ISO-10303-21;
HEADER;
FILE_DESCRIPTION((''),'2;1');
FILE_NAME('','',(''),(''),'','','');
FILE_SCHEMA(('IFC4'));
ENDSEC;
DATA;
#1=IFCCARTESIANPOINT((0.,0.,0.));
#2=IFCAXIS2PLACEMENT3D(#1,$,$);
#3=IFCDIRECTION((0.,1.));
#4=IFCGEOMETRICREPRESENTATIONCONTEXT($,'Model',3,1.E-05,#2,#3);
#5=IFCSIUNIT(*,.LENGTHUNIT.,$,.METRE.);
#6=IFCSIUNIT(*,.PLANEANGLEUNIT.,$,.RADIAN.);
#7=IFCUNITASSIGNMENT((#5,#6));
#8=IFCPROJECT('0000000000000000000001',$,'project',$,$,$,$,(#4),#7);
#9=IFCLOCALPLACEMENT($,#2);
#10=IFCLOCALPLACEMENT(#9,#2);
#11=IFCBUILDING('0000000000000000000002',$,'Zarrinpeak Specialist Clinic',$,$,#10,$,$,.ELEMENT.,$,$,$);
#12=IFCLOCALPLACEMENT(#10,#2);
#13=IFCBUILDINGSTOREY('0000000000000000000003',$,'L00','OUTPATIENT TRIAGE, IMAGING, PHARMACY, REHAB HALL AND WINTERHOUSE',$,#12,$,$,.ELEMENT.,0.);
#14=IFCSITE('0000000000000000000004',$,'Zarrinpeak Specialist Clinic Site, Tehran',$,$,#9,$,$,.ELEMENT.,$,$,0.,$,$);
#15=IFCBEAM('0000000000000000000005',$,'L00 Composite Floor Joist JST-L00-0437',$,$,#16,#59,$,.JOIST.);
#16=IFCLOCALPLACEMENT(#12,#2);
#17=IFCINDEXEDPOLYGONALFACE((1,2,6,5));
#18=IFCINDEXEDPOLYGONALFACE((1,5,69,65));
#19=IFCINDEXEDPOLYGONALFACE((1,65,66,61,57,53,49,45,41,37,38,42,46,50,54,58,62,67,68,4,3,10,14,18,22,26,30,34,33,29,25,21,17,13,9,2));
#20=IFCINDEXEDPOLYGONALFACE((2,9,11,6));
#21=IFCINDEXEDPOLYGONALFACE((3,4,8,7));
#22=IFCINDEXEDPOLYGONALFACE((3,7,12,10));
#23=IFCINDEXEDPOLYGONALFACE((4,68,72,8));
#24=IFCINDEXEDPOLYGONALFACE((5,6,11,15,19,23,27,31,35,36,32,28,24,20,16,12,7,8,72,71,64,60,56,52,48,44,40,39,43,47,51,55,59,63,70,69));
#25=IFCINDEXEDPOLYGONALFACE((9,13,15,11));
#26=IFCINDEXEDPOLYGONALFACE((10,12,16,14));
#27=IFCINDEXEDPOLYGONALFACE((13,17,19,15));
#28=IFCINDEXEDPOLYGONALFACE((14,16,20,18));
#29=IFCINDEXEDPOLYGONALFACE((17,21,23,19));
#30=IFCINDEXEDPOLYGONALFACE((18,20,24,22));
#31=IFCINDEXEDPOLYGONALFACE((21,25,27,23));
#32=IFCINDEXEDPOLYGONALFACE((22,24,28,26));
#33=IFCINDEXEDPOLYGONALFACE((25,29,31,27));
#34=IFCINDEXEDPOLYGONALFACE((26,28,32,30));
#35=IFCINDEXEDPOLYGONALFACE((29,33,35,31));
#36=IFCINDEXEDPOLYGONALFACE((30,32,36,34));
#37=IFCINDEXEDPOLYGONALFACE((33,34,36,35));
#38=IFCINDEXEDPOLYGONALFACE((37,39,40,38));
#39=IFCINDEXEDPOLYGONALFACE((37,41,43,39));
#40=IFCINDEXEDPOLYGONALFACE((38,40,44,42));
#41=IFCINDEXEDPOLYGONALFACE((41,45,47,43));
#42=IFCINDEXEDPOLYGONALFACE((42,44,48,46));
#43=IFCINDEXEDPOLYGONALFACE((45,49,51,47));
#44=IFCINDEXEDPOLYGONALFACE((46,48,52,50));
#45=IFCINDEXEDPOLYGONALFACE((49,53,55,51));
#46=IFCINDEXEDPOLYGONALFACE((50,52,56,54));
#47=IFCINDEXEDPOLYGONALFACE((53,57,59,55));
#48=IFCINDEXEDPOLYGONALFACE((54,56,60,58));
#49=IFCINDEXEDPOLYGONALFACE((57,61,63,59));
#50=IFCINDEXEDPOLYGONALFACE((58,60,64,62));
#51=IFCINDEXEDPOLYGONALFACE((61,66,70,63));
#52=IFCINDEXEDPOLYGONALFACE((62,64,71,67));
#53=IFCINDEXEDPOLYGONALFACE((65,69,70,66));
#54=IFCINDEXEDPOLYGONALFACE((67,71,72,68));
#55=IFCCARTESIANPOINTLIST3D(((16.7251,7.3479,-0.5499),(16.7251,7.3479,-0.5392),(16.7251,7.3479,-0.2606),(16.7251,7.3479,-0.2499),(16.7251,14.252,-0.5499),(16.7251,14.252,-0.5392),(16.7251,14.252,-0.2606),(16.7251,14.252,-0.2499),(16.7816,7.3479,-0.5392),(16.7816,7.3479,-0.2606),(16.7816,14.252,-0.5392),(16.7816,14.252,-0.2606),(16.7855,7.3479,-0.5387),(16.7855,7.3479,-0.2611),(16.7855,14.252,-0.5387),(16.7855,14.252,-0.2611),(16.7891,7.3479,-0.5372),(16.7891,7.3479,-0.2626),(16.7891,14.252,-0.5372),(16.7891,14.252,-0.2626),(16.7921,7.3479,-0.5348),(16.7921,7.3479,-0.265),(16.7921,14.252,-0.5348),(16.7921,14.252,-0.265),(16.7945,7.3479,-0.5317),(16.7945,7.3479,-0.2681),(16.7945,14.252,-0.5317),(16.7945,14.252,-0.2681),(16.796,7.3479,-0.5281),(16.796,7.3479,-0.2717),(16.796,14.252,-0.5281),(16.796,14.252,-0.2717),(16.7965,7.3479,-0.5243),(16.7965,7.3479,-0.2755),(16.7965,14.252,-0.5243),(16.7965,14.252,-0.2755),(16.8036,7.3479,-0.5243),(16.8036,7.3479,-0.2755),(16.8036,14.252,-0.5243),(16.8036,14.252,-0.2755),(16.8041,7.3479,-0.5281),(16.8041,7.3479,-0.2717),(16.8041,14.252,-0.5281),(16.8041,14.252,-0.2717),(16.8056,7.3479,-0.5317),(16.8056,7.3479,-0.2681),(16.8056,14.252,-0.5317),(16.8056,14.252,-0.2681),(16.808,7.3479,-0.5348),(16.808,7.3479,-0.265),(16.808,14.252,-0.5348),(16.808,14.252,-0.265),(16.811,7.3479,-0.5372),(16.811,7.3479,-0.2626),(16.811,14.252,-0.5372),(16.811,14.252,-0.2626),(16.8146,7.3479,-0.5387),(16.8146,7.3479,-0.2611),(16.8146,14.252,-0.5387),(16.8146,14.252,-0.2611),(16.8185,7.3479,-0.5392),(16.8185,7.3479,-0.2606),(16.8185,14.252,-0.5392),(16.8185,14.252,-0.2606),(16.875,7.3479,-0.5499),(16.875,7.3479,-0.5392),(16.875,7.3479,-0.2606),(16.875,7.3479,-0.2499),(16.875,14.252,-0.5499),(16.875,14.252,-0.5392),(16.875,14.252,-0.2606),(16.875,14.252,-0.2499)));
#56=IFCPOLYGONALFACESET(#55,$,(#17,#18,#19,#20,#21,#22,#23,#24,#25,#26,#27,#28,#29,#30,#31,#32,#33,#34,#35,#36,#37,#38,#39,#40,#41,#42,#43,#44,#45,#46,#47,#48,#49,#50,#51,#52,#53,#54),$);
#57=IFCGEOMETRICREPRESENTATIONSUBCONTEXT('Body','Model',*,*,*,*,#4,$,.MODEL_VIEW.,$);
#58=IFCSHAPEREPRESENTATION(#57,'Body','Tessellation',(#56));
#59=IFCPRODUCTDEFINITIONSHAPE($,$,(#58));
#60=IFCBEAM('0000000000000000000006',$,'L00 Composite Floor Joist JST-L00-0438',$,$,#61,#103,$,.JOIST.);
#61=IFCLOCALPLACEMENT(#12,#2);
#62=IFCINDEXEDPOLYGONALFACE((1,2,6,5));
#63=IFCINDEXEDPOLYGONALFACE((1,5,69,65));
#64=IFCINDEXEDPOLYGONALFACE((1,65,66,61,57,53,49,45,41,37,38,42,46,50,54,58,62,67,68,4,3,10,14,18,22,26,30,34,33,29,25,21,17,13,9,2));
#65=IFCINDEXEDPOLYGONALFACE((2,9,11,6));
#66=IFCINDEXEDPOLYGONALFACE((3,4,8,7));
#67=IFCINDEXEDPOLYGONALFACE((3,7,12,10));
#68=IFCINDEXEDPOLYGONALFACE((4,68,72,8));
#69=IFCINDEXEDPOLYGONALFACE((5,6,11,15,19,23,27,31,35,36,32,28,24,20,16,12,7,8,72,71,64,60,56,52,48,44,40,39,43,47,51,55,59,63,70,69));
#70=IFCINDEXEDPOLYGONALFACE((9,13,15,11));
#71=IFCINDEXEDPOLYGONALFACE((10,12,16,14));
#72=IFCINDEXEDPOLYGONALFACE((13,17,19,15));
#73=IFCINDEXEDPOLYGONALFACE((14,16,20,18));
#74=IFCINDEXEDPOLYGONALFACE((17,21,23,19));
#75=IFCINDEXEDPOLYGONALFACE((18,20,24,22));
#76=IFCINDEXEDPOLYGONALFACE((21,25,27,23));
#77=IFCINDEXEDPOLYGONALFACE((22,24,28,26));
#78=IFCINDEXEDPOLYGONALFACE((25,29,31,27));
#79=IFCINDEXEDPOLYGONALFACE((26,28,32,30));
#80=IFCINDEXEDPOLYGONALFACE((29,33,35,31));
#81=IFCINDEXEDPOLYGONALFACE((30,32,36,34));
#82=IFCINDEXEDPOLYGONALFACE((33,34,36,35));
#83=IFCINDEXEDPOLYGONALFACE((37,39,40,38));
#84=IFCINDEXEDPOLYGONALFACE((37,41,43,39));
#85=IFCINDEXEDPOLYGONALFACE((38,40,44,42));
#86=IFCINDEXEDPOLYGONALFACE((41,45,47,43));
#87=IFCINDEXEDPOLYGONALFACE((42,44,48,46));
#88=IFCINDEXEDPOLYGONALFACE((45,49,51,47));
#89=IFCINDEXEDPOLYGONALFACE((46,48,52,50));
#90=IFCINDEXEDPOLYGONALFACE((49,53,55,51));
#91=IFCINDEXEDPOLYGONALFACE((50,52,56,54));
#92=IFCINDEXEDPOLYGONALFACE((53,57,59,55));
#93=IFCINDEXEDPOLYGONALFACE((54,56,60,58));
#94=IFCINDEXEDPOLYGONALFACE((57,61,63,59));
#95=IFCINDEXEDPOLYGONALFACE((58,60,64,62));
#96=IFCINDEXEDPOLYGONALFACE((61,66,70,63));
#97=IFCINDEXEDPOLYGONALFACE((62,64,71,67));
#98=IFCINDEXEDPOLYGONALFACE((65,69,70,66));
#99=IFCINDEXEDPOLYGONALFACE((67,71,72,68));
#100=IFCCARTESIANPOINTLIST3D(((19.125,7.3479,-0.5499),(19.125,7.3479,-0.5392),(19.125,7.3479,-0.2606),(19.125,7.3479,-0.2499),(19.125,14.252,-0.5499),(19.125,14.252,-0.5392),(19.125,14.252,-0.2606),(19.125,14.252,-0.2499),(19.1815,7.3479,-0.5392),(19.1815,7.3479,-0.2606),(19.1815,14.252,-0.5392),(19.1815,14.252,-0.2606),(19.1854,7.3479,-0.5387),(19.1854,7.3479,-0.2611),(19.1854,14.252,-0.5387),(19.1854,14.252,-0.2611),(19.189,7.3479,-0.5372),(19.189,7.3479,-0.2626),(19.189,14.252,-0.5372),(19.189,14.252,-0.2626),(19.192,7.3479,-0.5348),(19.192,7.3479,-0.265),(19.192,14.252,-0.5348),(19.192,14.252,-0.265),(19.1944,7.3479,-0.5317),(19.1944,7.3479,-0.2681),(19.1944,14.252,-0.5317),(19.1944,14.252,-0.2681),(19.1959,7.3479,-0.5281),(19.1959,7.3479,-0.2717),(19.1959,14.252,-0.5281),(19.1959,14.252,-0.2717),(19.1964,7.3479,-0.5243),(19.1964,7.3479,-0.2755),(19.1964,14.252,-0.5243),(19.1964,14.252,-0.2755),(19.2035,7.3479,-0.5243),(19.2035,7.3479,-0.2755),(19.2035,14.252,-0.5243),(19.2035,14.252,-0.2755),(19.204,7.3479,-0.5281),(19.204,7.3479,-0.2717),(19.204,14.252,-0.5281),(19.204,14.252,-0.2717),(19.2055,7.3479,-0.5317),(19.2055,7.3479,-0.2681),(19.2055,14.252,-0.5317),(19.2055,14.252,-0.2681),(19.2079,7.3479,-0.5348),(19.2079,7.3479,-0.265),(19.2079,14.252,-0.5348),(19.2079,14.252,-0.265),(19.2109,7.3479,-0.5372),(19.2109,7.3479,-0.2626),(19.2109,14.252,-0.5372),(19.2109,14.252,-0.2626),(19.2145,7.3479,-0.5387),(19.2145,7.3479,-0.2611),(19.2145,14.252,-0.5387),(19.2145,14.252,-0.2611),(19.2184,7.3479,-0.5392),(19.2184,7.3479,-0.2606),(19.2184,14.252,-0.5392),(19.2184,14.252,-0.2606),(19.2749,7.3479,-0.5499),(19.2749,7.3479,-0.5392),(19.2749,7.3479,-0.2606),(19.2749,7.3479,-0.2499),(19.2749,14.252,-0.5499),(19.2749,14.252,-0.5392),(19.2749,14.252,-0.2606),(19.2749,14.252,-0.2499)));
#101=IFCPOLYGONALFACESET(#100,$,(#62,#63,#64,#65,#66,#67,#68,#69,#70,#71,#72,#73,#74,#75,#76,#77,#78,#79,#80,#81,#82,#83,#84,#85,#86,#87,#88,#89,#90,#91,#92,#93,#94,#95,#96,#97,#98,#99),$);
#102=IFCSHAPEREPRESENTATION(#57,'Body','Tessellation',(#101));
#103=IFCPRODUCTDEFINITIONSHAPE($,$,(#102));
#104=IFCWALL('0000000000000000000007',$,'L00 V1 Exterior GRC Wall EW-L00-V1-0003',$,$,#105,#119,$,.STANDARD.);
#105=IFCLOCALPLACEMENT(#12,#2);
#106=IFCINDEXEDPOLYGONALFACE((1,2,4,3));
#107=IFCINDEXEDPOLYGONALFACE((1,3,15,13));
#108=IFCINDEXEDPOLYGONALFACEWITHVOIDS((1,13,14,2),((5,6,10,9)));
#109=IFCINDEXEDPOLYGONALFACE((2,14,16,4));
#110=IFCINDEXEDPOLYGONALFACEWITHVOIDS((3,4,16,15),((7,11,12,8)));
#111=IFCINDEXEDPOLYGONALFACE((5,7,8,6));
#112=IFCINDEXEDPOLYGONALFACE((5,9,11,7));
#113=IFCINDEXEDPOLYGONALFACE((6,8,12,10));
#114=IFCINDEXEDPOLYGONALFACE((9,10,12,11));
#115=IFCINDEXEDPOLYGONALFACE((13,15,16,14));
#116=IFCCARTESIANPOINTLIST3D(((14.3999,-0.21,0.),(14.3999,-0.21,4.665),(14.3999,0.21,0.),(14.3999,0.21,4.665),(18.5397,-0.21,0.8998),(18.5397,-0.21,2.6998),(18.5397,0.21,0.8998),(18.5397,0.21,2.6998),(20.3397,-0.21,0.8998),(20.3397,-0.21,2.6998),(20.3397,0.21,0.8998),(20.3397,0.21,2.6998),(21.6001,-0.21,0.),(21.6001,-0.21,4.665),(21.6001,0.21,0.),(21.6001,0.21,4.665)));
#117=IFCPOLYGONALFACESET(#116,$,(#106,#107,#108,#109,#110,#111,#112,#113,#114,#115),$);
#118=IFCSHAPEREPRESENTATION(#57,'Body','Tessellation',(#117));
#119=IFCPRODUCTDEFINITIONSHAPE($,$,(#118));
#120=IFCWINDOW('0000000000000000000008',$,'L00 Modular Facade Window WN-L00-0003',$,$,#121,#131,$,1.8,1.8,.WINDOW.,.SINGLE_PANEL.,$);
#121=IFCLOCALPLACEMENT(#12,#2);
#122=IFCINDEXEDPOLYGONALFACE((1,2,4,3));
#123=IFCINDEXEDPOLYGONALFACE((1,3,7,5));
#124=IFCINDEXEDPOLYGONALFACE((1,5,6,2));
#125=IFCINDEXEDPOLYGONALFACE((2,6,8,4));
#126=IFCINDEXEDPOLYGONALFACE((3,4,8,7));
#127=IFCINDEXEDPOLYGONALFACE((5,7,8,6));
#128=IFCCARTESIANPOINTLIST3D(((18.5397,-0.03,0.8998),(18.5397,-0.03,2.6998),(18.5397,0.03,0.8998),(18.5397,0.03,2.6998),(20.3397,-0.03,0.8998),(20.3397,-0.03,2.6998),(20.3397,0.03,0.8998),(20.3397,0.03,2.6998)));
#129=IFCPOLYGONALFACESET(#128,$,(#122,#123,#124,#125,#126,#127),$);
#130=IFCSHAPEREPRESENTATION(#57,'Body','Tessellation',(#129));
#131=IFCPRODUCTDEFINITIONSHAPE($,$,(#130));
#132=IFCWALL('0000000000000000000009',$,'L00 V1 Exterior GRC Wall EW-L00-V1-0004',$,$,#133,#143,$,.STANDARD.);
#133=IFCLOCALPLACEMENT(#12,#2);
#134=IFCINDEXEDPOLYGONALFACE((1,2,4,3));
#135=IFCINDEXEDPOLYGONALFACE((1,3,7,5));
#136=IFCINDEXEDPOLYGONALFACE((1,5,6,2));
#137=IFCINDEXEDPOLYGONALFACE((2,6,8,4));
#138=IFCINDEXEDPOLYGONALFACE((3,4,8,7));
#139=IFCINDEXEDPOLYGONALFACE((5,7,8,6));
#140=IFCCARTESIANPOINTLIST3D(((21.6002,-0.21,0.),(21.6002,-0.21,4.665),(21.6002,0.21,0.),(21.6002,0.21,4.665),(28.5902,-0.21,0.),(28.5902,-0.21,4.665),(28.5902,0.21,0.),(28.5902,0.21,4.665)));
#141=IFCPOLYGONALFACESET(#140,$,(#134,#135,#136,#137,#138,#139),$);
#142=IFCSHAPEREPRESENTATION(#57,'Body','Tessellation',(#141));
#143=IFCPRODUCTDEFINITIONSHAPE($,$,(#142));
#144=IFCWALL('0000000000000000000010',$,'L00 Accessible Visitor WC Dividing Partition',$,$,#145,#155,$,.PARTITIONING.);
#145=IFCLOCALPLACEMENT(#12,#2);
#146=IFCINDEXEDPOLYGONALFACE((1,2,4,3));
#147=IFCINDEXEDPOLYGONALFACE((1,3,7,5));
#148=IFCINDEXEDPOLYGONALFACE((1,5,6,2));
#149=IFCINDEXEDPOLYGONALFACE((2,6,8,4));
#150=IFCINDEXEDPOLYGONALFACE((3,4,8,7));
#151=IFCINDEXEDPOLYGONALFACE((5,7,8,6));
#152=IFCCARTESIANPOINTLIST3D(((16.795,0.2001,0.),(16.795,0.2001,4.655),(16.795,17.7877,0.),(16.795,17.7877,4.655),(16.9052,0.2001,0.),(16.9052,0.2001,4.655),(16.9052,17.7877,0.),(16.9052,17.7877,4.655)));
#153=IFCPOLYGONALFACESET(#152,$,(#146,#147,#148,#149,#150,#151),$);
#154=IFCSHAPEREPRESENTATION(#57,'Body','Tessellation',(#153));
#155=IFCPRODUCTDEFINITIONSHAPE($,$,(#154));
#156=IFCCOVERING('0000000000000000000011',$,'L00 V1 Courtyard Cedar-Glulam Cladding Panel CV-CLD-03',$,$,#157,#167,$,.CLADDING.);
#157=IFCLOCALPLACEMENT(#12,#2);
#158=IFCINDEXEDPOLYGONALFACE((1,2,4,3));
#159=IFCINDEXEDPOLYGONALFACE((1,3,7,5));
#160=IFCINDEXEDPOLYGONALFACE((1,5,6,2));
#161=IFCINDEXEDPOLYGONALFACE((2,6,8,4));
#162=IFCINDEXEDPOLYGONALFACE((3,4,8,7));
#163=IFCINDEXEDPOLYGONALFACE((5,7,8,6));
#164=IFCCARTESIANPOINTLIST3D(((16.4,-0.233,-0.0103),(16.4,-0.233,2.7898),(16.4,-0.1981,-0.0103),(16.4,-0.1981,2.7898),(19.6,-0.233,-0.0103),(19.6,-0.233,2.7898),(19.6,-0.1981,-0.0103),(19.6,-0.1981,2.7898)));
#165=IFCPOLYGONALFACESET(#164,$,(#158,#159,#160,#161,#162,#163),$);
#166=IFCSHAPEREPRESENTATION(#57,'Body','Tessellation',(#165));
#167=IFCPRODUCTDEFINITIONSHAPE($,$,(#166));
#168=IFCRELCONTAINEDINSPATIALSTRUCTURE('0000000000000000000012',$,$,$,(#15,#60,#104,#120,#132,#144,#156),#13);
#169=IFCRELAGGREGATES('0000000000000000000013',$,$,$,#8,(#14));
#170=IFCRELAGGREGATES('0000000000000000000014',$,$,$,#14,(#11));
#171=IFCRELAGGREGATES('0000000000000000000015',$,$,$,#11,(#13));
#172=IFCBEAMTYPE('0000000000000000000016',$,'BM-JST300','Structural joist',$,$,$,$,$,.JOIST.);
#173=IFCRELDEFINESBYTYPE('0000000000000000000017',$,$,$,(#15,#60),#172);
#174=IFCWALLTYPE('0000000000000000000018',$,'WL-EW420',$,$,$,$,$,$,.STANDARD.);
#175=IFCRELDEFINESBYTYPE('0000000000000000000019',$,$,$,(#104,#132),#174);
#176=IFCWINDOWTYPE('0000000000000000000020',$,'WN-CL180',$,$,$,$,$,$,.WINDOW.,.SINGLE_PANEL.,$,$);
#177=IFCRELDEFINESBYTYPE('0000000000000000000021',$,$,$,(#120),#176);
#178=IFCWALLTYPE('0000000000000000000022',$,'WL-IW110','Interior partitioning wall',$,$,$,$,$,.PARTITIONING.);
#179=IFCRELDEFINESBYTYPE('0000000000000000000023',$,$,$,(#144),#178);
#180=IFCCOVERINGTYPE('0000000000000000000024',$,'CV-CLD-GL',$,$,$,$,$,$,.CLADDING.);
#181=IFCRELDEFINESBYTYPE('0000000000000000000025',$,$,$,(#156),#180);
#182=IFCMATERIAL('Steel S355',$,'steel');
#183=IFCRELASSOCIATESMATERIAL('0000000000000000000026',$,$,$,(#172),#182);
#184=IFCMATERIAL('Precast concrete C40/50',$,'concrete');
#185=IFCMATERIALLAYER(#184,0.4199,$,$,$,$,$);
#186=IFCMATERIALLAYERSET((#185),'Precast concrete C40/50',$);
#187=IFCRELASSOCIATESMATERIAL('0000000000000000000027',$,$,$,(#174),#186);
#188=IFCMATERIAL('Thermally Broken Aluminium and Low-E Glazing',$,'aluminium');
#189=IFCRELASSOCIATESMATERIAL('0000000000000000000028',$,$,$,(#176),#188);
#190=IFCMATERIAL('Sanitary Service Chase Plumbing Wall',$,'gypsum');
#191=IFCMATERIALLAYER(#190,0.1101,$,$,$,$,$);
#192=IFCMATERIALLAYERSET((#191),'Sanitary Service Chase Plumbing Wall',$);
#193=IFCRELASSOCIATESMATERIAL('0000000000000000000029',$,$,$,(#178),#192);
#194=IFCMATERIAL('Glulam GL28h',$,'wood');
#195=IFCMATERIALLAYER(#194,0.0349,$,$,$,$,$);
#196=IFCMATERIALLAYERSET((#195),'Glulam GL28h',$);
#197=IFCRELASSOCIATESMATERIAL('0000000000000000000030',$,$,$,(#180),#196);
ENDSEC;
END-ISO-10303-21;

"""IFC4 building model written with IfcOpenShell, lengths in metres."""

from ifc_helpers import new_model, si_unit, direction, frame, frame_2d, origin, origin_2d, place, context, subcontext, project, spatial, rectangle, i_section, extrude, material, layer, layer_set, material_profile, profile_set, type_object, element, fill, save


model = new_model("IFC4")

# Units and contexts
model_context = context("Model", 3, precision=1e-05, world=origin(), true_north=direction((0.0, 1.0)))
body_context = subcontext(model_context, "Body", "Model", "MODEL_VIEW")
ifc_project = project(units=[si_unit("LENGTHUNIT", "METRE"), si_unit("PLANEANGLEUNIT", "RADIAN")], contexts=[model_context])

# Site, building, storey
site_placement = place(None, origin())
site = spatial("IfcSite", under=ifc_project, at=site_placement, Name="Zarrinpeak Specialist Clinic Site, Tehran", CompositionType="ELEMENT", RefElevation=0.0)
building_placement = place(site_placement, origin())
building = spatial("IfcBuilding", under=site, at=building_placement, Name="Zarrinpeak Specialist Clinic", CompositionType="ELEMENT")
storey_placement = place(building_placement, origin())
storey = spatial("IfcBuildingStorey", under=building, at=storey_placement, Name="L00", Description="OUTPATIENT TRIAGE, IMAGING, PHARMACY, REHAB HALL AND WINTERHOUSE", CompositionType="ELEMENT", Elevation=0.0)

# Shared definitions
ifc_material_1 = material(Name="Steel S355", Category="steel")

# Beams
ifc_material_profile_1 = material_profile(ifc_material_1, i_section(OverallWidth=0.1499, OverallDepth=0.3, WebThickness=0.0071, FlangeThickness=0.0107, FilletRadius=0.0149, at=origin_2d()), Name="IPE 300")
ifc_profile_set_1 = profile_set([ifc_material_profile_1], Name="Steel S355")
beam_type_1 = type_object("IfcBeamType", Name="BM-JST300", Description="Structural joist", PredefinedType="JOIST", material=ifc_profile_set_1)
for number, where, z_axis, x_axis, name in (
    (1, (16.8, 7.3479, -0.3999), (0.0, 1.0, 0.0), (-1.0, 0.0, 0.0), "L00 Composite Floor Joist JST-L00-0437"),
    (2, (19.2, 7.3479, -0.3999), (0.0, 1.0, 0.0), (-1.0, 0.0, 0.0), "L00 Composite Floor Joist JST-L00-0438"),
):
    element("IfcBeam", number, at=place(storey_placement, frame(where, z_axis=z_axis, x_axis=x_axis)), inside=storey, type_object=beam_type_1, Name=name, PredefinedType="JOIST", context=body_context, shape_type="SweptSolid", body=[
        extrude(i_section(OverallWidth=0.1499, OverallDepth=0.3, WebThickness=0.0071, FlangeThickness=0.0107, FilletRadius=0.0149, at=origin_2d()), origin(), (0.0, 0.0, 1.0), 6.9041),
    ])

# Wall, opening, window
ifc_material_2 = material(Name="Precast concrete C40/50", Category="concrete")
ifc_layer_1 = layer(ifc_material_2, 0.4199)
ifc_layer_set_1 = layer_set([ifc_layer_1], Name="Precast concrete C40/50")
wall_type_1 = type_object("IfcWallType", Name="WL-EW420", PredefinedType="STANDARD", material=ifc_layer_set_1)
wall_1_placement = place(storey_placement, frame((14.3999, 0.0, 0.0), z_axis=(0.0, 0.0, 1.0), x_axis=(1.0, 0.0, 0.0)))
wall_1 = element("IfcWall", 3, at=wall_1_placement, inside=storey, type_object=wall_type_1, Name="L00 V1 Exterior GRC Wall EW-L00-V1-0003", PredefinedType="STANDARD", context=body_context, shape_type="SweptSolid", body=[
    extrude(rectangle(XDim=7.2002, YDim=0.4199, at=frame_2d((3.6001, 0.0))), origin(), (0.0, 0.0, 1.0), 4.665),
])
opening_placement = place(wall_1_placement, frame((4.1399, 0.0, 0.8999)))
opening = element("IfcOpeningElement", 4, at=opening_placement, cuts=wall_1, PredefinedType="OPENING", context=body_context, shape_type="SweptSolid", body=[
    extrude(rectangle(XDim=1.8, YDim=1.8, at=frame_2d((0.8999, 0.8999))), frame((0.0, 0.22, 0.0), z_axis=(0.0, -1.0, 0.0), x_axis=(1.0, 0.0, 0.0)), (0.0, 0.0, 1.0), 0.4399),
])
ifc_material_3 = material(Name="Thermally Broken Aluminium and Low-E Glazing", Category="aluminium")
window_type = type_object("IfcWindowType", Name="WN-CL180", PartitioningType="SINGLE_PANEL", PredefinedType="WINDOW", material=ifc_material_3)
window_placement = place(opening_placement, origin())
window = element("IfcWindow", 5, at=window_placement, inside=storey, type_object=window_type, Name="L00 Modular Facade Window WN-L00-0003", OverallHeight=1.8, OverallWidth=1.8, PartitioningType="SINGLE_PANEL", PredefinedType="WINDOW", context=body_context, shape_type="SweptSolid", body=[
    extrude(rectangle(XDim=1.8, YDim=1.8, at=frame_2d((0.8999, 0.8999))), frame((0.0, 0.03, 0.0), z_axis=(0.0, -1.0, 0.0), x_axis=(1.0, 0.0, 0.0)), (0.0, 0.0, 1.0), 0.0601),
])
fill(opening, window)

# Walls
wall_2_placement = place(storey_placement, frame((21.6001, 0.0, 0.0), z_axis=(0.0, 0.0, 1.0), x_axis=(1.0, 0.0, 0.0)))
element("IfcWall", 6, at=wall_2_placement, inside=storey, type_object=wall_type_1, Name="L00 V1 Exterior GRC Wall EW-L00-V1-0004", PredefinedType="STANDARD", context=body_context, shape_type="SweptSolid", body=[
    extrude(rectangle(XDim=6.99, YDim=0.4199, at=frame_2d((3.4951, 0.0))), origin(), (0.0, 0.0, 1.0), 4.665),
])
ifc_material_4 = material(Name="Sanitary Service Chase Plumbing Wall", Category="gypsum")
ifc_layer_2 = layer(ifc_material_4, 0.1101)
ifc_layer_set_2 = layer_set([ifc_layer_2], Name="Sanitary Service Chase Plumbing Wall")
wall_type_2 = type_object("IfcWallType", Name="WL-IW110", Description="Interior partitioning wall", PredefinedType="PARTITIONING", material=ifc_layer_set_2)
wall_3_placement = place(storey_placement, frame((16.8501, 0.2, 0.0), z_axis=(0.0, 0.0, 1.0), x_axis=(0.0, 1.0, 0.0)))
element("IfcWall", 7, at=wall_3_placement, inside=storey, type_object=wall_type_2, Name="L00 Accessible Visitor WC Dividing Partition", PredefinedType="PARTITIONING", context=body_context, shape_type="SweptSolid", body=[
    extrude(rectangle(XDim=17.5876, YDim=0.1101, at=frame_2d((8.7939, 0.0))), origin(), (0.0, 0.0, 1.0), 4.655),
])

# Covering
ifc_material_5 = material(Name="Glulam GL28h", Category="wood")
ifc_layer_3 = layer(ifc_material_5, 0.0349)
ifc_layer_set_3 = layer_set([ifc_layer_3], Name="Glulam GL28h")
covering_type = type_object("IfcCoveringType", Name="CV-CLD-GL", PredefinedType="CLADDING", material=ifc_layer_set_3)
covering_placement = place(storey_placement, frame((18.0, -0.2156, -0.0103), z_axis=(0.0, 0.0, 1.0), x_axis=(1.0, 0.0, 0.0)))
element("IfcCovering", 8, at=covering_placement, inside=storey, type_object=covering_type, Name="L00 V1 Courtyard Cedar-Glulam Cladding Panel CV-CLD-03", PredefinedType="CLADDING", context=body_context, shape_type="SweptSolid", body=[
    extrude(rectangle(XDim=3.2, YDim=0.0349, at=origin_2d()), origin(), (0.0, 0.0, 1.0), 2.8),
])

save(model, "model.ifc")
